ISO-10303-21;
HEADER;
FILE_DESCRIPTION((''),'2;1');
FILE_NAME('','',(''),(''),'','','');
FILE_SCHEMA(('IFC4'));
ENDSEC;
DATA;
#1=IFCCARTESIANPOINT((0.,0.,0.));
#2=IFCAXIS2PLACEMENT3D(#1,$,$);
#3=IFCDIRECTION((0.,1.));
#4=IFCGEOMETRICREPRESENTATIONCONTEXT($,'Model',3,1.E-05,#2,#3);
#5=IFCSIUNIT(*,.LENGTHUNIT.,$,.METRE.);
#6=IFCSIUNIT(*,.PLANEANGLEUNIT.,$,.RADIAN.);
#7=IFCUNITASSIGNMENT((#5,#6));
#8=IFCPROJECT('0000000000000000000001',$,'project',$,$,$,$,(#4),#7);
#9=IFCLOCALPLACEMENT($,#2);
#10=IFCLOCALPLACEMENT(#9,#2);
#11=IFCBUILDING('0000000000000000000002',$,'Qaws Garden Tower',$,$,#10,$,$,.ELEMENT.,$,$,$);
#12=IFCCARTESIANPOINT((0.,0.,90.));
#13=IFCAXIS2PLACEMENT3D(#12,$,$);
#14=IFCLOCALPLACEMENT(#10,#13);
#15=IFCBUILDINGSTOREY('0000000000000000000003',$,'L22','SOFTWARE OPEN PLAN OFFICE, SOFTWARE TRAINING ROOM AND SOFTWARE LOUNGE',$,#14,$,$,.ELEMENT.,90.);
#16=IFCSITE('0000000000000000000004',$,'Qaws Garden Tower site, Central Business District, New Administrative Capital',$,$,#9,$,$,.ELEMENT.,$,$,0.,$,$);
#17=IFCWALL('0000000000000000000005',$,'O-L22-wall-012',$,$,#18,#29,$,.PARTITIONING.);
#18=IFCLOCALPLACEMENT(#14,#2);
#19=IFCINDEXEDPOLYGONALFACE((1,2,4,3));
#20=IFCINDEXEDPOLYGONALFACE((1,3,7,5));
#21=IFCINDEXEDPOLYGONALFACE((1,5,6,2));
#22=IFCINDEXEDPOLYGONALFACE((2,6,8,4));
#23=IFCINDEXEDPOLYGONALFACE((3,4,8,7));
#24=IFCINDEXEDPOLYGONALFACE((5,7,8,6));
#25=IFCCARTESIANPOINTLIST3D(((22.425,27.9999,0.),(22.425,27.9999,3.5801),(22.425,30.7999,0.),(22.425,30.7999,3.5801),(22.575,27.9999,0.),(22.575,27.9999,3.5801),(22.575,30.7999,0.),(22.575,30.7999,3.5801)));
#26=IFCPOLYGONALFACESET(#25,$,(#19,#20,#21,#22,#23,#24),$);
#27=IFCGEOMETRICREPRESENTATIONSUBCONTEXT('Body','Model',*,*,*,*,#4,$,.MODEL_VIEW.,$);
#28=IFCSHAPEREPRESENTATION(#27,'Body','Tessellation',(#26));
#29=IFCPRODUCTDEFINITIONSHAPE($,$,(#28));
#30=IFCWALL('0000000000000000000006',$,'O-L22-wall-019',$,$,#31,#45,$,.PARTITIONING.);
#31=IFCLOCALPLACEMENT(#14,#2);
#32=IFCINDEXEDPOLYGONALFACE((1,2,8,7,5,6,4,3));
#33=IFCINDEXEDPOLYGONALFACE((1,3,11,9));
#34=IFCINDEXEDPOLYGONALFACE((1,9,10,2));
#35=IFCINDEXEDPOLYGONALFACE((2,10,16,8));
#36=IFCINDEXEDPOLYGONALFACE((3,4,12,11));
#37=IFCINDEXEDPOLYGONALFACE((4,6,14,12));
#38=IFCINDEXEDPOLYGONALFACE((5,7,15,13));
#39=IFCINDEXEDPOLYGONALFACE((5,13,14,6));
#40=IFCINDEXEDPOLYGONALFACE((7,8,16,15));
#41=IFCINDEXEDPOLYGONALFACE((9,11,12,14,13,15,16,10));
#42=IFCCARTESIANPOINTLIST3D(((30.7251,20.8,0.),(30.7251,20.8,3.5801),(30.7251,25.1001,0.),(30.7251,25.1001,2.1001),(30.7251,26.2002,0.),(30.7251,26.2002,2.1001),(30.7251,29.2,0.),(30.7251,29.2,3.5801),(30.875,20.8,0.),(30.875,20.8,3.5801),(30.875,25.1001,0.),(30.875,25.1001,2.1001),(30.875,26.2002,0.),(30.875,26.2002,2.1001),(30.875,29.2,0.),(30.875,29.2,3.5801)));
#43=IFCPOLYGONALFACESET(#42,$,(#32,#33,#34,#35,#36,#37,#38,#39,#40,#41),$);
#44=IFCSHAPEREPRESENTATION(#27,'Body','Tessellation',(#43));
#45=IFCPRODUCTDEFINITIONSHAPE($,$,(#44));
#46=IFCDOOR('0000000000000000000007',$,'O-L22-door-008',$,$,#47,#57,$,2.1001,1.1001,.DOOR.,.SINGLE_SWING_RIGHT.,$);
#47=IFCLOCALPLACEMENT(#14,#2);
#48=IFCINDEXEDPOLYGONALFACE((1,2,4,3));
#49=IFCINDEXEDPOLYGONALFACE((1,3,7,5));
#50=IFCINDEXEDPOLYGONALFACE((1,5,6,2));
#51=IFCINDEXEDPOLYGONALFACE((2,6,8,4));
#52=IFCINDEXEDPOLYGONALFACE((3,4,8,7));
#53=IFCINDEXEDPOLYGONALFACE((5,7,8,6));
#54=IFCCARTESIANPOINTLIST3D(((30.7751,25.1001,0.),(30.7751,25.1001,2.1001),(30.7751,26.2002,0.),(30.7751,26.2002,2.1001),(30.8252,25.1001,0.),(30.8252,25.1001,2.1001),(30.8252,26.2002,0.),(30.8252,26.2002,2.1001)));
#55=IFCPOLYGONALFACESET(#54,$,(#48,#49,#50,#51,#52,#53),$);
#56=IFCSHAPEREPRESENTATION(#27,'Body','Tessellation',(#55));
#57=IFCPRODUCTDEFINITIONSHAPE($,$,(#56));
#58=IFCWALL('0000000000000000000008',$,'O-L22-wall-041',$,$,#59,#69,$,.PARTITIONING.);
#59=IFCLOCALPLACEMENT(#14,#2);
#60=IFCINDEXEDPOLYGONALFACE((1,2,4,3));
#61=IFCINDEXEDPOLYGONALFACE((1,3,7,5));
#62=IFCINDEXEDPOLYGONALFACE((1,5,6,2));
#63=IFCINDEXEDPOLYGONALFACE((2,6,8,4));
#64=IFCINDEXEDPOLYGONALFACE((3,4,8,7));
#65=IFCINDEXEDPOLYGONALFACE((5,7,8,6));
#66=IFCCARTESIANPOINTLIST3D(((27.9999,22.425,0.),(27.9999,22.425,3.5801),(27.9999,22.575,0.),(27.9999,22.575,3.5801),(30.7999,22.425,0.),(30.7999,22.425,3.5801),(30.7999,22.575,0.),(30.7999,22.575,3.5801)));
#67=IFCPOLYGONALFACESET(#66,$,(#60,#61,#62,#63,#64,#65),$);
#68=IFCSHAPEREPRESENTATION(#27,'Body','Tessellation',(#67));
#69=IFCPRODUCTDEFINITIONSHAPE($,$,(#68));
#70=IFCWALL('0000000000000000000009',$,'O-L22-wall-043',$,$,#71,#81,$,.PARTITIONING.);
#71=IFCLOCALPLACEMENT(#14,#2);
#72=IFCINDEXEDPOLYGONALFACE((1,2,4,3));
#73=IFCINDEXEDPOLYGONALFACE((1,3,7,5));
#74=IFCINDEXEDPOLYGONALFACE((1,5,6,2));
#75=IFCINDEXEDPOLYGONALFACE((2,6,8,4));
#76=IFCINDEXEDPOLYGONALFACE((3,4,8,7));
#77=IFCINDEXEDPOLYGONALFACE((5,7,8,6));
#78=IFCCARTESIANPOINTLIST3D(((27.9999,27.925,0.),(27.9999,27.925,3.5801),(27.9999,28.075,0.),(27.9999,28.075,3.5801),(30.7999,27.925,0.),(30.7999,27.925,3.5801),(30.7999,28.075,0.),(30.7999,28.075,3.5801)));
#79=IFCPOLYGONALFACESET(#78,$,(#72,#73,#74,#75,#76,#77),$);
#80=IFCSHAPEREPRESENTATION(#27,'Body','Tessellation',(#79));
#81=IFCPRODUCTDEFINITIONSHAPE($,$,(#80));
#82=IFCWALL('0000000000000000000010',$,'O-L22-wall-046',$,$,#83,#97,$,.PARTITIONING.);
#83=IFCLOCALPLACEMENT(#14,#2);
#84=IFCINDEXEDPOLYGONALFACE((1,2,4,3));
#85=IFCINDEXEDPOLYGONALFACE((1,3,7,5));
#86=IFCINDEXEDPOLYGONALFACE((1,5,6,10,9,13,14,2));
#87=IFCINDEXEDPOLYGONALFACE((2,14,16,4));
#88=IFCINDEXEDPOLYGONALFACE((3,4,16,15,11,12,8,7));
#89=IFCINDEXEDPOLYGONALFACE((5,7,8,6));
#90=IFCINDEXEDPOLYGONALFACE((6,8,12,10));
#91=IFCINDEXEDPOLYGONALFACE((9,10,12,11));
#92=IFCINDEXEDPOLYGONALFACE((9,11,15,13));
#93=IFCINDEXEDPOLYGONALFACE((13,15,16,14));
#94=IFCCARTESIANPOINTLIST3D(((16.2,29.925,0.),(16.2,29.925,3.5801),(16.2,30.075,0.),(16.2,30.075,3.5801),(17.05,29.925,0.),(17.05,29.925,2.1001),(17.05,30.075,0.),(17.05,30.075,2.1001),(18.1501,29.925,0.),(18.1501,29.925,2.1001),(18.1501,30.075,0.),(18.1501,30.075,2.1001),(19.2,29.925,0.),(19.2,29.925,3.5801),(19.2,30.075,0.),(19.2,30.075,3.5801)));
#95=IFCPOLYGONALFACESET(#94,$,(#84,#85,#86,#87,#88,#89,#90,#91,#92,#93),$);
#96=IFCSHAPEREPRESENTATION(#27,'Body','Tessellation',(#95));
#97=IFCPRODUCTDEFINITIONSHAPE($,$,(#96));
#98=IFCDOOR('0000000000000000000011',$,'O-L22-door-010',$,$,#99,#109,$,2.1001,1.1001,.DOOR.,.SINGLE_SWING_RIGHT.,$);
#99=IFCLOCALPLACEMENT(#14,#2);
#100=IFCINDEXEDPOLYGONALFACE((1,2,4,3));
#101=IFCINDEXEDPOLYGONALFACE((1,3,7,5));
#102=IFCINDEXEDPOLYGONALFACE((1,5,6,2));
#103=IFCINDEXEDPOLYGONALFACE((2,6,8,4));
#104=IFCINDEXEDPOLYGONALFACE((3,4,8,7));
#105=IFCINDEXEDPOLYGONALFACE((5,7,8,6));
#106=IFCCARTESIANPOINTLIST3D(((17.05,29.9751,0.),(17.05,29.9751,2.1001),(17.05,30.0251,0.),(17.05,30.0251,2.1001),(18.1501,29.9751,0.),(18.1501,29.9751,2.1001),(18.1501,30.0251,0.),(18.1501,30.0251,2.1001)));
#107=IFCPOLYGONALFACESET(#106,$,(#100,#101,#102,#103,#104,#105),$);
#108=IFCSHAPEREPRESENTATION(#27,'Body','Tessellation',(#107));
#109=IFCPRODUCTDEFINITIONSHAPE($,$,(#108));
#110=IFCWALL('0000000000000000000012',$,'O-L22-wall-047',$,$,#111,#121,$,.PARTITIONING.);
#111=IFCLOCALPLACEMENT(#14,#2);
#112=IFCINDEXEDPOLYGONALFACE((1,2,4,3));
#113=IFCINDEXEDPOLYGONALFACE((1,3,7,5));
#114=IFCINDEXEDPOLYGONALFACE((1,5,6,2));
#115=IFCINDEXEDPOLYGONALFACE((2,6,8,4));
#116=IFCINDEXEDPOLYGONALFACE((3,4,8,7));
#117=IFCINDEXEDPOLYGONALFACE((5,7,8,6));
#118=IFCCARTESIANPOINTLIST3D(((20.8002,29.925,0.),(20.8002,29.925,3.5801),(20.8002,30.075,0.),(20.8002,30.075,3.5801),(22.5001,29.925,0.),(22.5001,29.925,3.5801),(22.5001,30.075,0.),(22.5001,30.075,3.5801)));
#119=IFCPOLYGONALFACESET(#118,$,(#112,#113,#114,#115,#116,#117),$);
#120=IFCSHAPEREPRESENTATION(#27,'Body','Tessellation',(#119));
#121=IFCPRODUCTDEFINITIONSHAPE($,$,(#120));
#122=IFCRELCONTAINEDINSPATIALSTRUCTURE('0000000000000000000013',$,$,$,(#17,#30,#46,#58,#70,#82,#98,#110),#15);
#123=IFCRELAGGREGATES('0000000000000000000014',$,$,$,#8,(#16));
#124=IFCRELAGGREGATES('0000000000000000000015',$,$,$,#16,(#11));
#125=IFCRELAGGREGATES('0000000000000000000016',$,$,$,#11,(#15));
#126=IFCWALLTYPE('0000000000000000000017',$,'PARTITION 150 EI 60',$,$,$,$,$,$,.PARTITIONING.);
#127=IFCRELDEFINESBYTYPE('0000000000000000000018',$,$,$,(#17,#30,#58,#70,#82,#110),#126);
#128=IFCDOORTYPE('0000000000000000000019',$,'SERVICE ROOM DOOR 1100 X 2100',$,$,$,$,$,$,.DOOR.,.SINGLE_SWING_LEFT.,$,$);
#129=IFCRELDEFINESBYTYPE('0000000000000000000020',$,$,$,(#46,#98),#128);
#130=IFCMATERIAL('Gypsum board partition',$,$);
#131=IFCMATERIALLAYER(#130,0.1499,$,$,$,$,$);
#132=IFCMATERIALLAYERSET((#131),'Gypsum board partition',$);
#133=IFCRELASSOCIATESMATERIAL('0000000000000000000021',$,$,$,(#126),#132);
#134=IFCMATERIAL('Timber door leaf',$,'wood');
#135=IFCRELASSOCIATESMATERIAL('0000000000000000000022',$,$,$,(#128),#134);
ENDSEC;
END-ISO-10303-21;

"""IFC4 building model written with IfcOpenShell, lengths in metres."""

from ifc_helpers import new_model, si_unit, direction, frame, frame_2d, origin, place, context, subcontext, project, spatial, rectangle, extrude, material, layer, layer_set, type_object, element, fill, save


model = new_model("IFC4")

# Units and contexts
model_context = context("Model", 3, precision=1e-05, world=origin(), true_north=direction((0.0, 1.0)))
body_context = subcontext(model_context, "Body", "Model", "MODEL_VIEW")
ifc_project = project(units=[si_unit("LENGTHUNIT", "METRE"), si_unit("PLANEANGLEUNIT", "RADIAN")], contexts=[model_context])

# Site, building, storey
site_placement = place(None, origin())
site = spatial("IfcSite", under=ifc_project, at=site_placement, Name="Qaws Garden Tower site, Central Business District, New Administrative Capital", CompositionType="ELEMENT", RefElevation=0.0)
building_placement = place(site_placement, origin())
building = spatial("IfcBuilding", under=site, at=building_placement, Name="Qaws Garden Tower", CompositionType="ELEMENT")
storey_placement = place(building_placement, frame((0.0, 0.0, 90.0)))
storey = spatial("IfcBuildingStorey", under=building, at=storey_placement, Name="L22", Description="SOFTWARE OPEN PLAN OFFICE, SOFTWARE TRAINING ROOM AND SOFTWARE LOUNGE", CompositionType="ELEMENT", Elevation=90.0)

# Wall
ifc_material_1 = material(Name="Gypsum board partition")
ifc_layer_1 = layer(ifc_material_1, 0.1499)
ifc_layer_set_1 = layer_set([ifc_layer_1], Name="Gypsum board partition")
wall_type_1 = type_object("IfcWallType", Name="PARTITION 150 EI 60", PredefinedType="PARTITIONING", material=ifc_layer_set_1)
wall_1_placement = place(storey_placement, frame((22.5, 28.0, 0.0), z_axis=(0.0, 0.0, 1.0), x_axis=(0.0, 1.0, 0.0)))
element("IfcWall", 1, at=wall_1_placement, inside=storey, type_object=wall_type_1, Name="O-L22-wall-012", PredefinedType="PARTITIONING", context=body_context, shape_type="SweptSolid", body=[
    extrude(rectangle(XDim=2.8, YDim=0.1499, at=frame_2d((1.3999, 0.0))), origin(), (0.0, 0.0, 1.0), 3.5801),
])

# Wall, opening, door
wall_2_placement = place(storey_placement, frame((30.8, 20.8, 0.0), z_axis=(0.0, 0.0, 1.0), x_axis=(0.0, 1.0, 0.0)))
wall_2 = element("IfcWall", 2, at=wall_2_placement, inside=storey, type_object=wall_type_1, Name="O-L22-wall-019", PredefinedType="PARTITIONING", context=body_context, shape_type="SweptSolid", body=[
    extrude(rectangle(XDim=8.3999, YDim=0.1499, at=frame_2d((4.2, 0.0))), origin(), (0.0, 0.0, 1.0), 3.5801),
])
opening_1_placement = place(wall_2_placement, frame((4.3, 0.0, 0.0)))
opening_1 = element("IfcOpeningElement", 3, at=opening_1_placement, cuts=wall_2, PredefinedType="OPENING", context=body_context, shape_type="SweptSolid", body=[
    extrude(rectangle(XDim=1.1001, YDim=2.1001, at=frame_2d((0.55, 1.05))), frame((0.0, 0.085, 0.0), z_axis=(0.0, -1.0, 0.0), x_axis=(1.0, 0.0, 0.0)), (0.0, 0.0, 1.0), 0.1699),
])
ifc_material_2 = material(Name="Timber door leaf", Category="wood")
door_type_1 = type_object("IfcDoorType", Name="SERVICE ROOM DOOR 1100 X 2100", OperationType="SINGLE_SWING_LEFT", PredefinedType="DOOR", material=ifc_material_2)
door_1_placement = place(opening_1_placement, origin())
door_1 = element("IfcDoor", 4, at=door_1_placement, inside=storey, type_object=door_type_1, Name="O-L22-door-008", OperationType="SINGLE_SWING_RIGHT", OverallHeight=2.1001, OverallWidth=1.1001, PredefinedType="DOOR", context=body_context, shape_type="SweptSolid", body=[
    extrude(rectangle(XDim=1.1001, YDim=2.1001, at=frame_2d((0.55, 1.05))), frame((0.0, 0.0249, 0.0), z_axis=(0.0, -1.0, 0.0), x_axis=(1.0, 0.0, 0.0)), (0.0, 0.0, 1.0), 0.05),
])
fill(opening_1, door_1)

# Walls
for number, where, z_axis, x_axis, name in (
    (5, (28.0, 22.5, 0.0), (0.0, 0.0, 1.0), (1.0, 0.0, 0.0), "O-L22-wall-041"),
    (6, (28.0, 28.0, 0.0), (0.0, 0.0, 1.0), (1.0, 0.0, 0.0), "O-L22-wall-043"),
):
    element("IfcWall", number, at=place(storey_placement, frame(where, z_axis=z_axis, x_axis=x_axis)), inside=storey, type_object=wall_type_1, Name=name, PredefinedType="PARTITIONING", context=body_context, shape_type="SweptSolid", body=[
        extrude(rectangle(XDim=2.8, YDim=0.1499, at=frame_2d((1.3999, 0.0))), origin(), (0.0, 0.0, 1.0), 3.5801),
    ])

# Wall, opening, door
wall_3_placement = place(storey_placement, frame((16.2, 30.0, 0.0), z_axis=(0.0, 0.0, 1.0), x_axis=(1.0, 0.0, 0.0)))
wall_3 = element("IfcWall", 7, at=wall_3_placement, inside=storey, type_object=wall_type_1, Name="O-L22-wall-046", PredefinedType="PARTITIONING", context=body_context, shape_type="SweptSolid", body=[
    extrude(rectangle(XDim=3.0, YDim=0.1499, at=frame_2d((1.5, 0.0))), origin(), (0.0, 0.0, 1.0), 3.5801),
])
opening_2_placement = place(wall_3_placement, frame((0.8501, 0.0, 0.0)))
opening_2 = element("IfcOpeningElement", 8, at=opening_2_placement, cuts=wall_3, PredefinedType="OPENING", context=body_context, shape_type="SweptSolid", body=[
    extrude(rectangle(XDim=1.1001, YDim=2.1001, at=frame_2d((0.55, 1.05))), frame((0.0, 0.085, 0.0), z_axis=(0.0, -1.0, 0.0), x_axis=(1.0, 0.0, 0.0)), (0.0, 0.0, 1.0), 0.1699),
])
door_2_placement = place(opening_2_placement, frame((1.1001, 0.0, 0.0), z_axis=(0.0, 0.0, 1.0), x_axis=(-1.0, 0.0, 0.0)))
door_2 = element("IfcDoor", 9, at=door_2_placement, inside=storey, type_object=door_type_1, Name="O-L22-door-010", OperationType="SINGLE_SWING_RIGHT", OverallHeight=2.1001, OverallWidth=1.1001, PredefinedType="DOOR", context=body_context, shape_type="SweptSolid", body=[
    extrude(rectangle(XDim=1.1001, YDim=2.1001, at=frame_2d((0.55, 1.05))), frame((0.0, 0.0249, 0.0), z_axis=(0.0, -1.0, 0.0), x_axis=(1.0, 0.0, 0.0)), (0.0, 0.0, 1.0), 0.05),
])
fill(opening_2, door_2)

# Wall
wall_4_placement = place(storey_placement, frame((20.8, 30.0, 0.0), z_axis=(0.0, 0.0, 1.0), x_axis=(1.0, 0.0, 0.0)))
element("IfcWall", 10, at=wall_4_placement, inside=storey, type_object=wall_type_1, Name="O-L22-wall-047", PredefinedType="PARTITIONING", context=body_context, shape_type="SweptSolid", body=[
    extrude(rectangle(XDim=1.7, YDim=0.1499, at=frame_2d((0.8501, 0.0))), origin(), (0.0, 0.0, 1.0), 3.5801),
])

save(model, "model.ifc")
